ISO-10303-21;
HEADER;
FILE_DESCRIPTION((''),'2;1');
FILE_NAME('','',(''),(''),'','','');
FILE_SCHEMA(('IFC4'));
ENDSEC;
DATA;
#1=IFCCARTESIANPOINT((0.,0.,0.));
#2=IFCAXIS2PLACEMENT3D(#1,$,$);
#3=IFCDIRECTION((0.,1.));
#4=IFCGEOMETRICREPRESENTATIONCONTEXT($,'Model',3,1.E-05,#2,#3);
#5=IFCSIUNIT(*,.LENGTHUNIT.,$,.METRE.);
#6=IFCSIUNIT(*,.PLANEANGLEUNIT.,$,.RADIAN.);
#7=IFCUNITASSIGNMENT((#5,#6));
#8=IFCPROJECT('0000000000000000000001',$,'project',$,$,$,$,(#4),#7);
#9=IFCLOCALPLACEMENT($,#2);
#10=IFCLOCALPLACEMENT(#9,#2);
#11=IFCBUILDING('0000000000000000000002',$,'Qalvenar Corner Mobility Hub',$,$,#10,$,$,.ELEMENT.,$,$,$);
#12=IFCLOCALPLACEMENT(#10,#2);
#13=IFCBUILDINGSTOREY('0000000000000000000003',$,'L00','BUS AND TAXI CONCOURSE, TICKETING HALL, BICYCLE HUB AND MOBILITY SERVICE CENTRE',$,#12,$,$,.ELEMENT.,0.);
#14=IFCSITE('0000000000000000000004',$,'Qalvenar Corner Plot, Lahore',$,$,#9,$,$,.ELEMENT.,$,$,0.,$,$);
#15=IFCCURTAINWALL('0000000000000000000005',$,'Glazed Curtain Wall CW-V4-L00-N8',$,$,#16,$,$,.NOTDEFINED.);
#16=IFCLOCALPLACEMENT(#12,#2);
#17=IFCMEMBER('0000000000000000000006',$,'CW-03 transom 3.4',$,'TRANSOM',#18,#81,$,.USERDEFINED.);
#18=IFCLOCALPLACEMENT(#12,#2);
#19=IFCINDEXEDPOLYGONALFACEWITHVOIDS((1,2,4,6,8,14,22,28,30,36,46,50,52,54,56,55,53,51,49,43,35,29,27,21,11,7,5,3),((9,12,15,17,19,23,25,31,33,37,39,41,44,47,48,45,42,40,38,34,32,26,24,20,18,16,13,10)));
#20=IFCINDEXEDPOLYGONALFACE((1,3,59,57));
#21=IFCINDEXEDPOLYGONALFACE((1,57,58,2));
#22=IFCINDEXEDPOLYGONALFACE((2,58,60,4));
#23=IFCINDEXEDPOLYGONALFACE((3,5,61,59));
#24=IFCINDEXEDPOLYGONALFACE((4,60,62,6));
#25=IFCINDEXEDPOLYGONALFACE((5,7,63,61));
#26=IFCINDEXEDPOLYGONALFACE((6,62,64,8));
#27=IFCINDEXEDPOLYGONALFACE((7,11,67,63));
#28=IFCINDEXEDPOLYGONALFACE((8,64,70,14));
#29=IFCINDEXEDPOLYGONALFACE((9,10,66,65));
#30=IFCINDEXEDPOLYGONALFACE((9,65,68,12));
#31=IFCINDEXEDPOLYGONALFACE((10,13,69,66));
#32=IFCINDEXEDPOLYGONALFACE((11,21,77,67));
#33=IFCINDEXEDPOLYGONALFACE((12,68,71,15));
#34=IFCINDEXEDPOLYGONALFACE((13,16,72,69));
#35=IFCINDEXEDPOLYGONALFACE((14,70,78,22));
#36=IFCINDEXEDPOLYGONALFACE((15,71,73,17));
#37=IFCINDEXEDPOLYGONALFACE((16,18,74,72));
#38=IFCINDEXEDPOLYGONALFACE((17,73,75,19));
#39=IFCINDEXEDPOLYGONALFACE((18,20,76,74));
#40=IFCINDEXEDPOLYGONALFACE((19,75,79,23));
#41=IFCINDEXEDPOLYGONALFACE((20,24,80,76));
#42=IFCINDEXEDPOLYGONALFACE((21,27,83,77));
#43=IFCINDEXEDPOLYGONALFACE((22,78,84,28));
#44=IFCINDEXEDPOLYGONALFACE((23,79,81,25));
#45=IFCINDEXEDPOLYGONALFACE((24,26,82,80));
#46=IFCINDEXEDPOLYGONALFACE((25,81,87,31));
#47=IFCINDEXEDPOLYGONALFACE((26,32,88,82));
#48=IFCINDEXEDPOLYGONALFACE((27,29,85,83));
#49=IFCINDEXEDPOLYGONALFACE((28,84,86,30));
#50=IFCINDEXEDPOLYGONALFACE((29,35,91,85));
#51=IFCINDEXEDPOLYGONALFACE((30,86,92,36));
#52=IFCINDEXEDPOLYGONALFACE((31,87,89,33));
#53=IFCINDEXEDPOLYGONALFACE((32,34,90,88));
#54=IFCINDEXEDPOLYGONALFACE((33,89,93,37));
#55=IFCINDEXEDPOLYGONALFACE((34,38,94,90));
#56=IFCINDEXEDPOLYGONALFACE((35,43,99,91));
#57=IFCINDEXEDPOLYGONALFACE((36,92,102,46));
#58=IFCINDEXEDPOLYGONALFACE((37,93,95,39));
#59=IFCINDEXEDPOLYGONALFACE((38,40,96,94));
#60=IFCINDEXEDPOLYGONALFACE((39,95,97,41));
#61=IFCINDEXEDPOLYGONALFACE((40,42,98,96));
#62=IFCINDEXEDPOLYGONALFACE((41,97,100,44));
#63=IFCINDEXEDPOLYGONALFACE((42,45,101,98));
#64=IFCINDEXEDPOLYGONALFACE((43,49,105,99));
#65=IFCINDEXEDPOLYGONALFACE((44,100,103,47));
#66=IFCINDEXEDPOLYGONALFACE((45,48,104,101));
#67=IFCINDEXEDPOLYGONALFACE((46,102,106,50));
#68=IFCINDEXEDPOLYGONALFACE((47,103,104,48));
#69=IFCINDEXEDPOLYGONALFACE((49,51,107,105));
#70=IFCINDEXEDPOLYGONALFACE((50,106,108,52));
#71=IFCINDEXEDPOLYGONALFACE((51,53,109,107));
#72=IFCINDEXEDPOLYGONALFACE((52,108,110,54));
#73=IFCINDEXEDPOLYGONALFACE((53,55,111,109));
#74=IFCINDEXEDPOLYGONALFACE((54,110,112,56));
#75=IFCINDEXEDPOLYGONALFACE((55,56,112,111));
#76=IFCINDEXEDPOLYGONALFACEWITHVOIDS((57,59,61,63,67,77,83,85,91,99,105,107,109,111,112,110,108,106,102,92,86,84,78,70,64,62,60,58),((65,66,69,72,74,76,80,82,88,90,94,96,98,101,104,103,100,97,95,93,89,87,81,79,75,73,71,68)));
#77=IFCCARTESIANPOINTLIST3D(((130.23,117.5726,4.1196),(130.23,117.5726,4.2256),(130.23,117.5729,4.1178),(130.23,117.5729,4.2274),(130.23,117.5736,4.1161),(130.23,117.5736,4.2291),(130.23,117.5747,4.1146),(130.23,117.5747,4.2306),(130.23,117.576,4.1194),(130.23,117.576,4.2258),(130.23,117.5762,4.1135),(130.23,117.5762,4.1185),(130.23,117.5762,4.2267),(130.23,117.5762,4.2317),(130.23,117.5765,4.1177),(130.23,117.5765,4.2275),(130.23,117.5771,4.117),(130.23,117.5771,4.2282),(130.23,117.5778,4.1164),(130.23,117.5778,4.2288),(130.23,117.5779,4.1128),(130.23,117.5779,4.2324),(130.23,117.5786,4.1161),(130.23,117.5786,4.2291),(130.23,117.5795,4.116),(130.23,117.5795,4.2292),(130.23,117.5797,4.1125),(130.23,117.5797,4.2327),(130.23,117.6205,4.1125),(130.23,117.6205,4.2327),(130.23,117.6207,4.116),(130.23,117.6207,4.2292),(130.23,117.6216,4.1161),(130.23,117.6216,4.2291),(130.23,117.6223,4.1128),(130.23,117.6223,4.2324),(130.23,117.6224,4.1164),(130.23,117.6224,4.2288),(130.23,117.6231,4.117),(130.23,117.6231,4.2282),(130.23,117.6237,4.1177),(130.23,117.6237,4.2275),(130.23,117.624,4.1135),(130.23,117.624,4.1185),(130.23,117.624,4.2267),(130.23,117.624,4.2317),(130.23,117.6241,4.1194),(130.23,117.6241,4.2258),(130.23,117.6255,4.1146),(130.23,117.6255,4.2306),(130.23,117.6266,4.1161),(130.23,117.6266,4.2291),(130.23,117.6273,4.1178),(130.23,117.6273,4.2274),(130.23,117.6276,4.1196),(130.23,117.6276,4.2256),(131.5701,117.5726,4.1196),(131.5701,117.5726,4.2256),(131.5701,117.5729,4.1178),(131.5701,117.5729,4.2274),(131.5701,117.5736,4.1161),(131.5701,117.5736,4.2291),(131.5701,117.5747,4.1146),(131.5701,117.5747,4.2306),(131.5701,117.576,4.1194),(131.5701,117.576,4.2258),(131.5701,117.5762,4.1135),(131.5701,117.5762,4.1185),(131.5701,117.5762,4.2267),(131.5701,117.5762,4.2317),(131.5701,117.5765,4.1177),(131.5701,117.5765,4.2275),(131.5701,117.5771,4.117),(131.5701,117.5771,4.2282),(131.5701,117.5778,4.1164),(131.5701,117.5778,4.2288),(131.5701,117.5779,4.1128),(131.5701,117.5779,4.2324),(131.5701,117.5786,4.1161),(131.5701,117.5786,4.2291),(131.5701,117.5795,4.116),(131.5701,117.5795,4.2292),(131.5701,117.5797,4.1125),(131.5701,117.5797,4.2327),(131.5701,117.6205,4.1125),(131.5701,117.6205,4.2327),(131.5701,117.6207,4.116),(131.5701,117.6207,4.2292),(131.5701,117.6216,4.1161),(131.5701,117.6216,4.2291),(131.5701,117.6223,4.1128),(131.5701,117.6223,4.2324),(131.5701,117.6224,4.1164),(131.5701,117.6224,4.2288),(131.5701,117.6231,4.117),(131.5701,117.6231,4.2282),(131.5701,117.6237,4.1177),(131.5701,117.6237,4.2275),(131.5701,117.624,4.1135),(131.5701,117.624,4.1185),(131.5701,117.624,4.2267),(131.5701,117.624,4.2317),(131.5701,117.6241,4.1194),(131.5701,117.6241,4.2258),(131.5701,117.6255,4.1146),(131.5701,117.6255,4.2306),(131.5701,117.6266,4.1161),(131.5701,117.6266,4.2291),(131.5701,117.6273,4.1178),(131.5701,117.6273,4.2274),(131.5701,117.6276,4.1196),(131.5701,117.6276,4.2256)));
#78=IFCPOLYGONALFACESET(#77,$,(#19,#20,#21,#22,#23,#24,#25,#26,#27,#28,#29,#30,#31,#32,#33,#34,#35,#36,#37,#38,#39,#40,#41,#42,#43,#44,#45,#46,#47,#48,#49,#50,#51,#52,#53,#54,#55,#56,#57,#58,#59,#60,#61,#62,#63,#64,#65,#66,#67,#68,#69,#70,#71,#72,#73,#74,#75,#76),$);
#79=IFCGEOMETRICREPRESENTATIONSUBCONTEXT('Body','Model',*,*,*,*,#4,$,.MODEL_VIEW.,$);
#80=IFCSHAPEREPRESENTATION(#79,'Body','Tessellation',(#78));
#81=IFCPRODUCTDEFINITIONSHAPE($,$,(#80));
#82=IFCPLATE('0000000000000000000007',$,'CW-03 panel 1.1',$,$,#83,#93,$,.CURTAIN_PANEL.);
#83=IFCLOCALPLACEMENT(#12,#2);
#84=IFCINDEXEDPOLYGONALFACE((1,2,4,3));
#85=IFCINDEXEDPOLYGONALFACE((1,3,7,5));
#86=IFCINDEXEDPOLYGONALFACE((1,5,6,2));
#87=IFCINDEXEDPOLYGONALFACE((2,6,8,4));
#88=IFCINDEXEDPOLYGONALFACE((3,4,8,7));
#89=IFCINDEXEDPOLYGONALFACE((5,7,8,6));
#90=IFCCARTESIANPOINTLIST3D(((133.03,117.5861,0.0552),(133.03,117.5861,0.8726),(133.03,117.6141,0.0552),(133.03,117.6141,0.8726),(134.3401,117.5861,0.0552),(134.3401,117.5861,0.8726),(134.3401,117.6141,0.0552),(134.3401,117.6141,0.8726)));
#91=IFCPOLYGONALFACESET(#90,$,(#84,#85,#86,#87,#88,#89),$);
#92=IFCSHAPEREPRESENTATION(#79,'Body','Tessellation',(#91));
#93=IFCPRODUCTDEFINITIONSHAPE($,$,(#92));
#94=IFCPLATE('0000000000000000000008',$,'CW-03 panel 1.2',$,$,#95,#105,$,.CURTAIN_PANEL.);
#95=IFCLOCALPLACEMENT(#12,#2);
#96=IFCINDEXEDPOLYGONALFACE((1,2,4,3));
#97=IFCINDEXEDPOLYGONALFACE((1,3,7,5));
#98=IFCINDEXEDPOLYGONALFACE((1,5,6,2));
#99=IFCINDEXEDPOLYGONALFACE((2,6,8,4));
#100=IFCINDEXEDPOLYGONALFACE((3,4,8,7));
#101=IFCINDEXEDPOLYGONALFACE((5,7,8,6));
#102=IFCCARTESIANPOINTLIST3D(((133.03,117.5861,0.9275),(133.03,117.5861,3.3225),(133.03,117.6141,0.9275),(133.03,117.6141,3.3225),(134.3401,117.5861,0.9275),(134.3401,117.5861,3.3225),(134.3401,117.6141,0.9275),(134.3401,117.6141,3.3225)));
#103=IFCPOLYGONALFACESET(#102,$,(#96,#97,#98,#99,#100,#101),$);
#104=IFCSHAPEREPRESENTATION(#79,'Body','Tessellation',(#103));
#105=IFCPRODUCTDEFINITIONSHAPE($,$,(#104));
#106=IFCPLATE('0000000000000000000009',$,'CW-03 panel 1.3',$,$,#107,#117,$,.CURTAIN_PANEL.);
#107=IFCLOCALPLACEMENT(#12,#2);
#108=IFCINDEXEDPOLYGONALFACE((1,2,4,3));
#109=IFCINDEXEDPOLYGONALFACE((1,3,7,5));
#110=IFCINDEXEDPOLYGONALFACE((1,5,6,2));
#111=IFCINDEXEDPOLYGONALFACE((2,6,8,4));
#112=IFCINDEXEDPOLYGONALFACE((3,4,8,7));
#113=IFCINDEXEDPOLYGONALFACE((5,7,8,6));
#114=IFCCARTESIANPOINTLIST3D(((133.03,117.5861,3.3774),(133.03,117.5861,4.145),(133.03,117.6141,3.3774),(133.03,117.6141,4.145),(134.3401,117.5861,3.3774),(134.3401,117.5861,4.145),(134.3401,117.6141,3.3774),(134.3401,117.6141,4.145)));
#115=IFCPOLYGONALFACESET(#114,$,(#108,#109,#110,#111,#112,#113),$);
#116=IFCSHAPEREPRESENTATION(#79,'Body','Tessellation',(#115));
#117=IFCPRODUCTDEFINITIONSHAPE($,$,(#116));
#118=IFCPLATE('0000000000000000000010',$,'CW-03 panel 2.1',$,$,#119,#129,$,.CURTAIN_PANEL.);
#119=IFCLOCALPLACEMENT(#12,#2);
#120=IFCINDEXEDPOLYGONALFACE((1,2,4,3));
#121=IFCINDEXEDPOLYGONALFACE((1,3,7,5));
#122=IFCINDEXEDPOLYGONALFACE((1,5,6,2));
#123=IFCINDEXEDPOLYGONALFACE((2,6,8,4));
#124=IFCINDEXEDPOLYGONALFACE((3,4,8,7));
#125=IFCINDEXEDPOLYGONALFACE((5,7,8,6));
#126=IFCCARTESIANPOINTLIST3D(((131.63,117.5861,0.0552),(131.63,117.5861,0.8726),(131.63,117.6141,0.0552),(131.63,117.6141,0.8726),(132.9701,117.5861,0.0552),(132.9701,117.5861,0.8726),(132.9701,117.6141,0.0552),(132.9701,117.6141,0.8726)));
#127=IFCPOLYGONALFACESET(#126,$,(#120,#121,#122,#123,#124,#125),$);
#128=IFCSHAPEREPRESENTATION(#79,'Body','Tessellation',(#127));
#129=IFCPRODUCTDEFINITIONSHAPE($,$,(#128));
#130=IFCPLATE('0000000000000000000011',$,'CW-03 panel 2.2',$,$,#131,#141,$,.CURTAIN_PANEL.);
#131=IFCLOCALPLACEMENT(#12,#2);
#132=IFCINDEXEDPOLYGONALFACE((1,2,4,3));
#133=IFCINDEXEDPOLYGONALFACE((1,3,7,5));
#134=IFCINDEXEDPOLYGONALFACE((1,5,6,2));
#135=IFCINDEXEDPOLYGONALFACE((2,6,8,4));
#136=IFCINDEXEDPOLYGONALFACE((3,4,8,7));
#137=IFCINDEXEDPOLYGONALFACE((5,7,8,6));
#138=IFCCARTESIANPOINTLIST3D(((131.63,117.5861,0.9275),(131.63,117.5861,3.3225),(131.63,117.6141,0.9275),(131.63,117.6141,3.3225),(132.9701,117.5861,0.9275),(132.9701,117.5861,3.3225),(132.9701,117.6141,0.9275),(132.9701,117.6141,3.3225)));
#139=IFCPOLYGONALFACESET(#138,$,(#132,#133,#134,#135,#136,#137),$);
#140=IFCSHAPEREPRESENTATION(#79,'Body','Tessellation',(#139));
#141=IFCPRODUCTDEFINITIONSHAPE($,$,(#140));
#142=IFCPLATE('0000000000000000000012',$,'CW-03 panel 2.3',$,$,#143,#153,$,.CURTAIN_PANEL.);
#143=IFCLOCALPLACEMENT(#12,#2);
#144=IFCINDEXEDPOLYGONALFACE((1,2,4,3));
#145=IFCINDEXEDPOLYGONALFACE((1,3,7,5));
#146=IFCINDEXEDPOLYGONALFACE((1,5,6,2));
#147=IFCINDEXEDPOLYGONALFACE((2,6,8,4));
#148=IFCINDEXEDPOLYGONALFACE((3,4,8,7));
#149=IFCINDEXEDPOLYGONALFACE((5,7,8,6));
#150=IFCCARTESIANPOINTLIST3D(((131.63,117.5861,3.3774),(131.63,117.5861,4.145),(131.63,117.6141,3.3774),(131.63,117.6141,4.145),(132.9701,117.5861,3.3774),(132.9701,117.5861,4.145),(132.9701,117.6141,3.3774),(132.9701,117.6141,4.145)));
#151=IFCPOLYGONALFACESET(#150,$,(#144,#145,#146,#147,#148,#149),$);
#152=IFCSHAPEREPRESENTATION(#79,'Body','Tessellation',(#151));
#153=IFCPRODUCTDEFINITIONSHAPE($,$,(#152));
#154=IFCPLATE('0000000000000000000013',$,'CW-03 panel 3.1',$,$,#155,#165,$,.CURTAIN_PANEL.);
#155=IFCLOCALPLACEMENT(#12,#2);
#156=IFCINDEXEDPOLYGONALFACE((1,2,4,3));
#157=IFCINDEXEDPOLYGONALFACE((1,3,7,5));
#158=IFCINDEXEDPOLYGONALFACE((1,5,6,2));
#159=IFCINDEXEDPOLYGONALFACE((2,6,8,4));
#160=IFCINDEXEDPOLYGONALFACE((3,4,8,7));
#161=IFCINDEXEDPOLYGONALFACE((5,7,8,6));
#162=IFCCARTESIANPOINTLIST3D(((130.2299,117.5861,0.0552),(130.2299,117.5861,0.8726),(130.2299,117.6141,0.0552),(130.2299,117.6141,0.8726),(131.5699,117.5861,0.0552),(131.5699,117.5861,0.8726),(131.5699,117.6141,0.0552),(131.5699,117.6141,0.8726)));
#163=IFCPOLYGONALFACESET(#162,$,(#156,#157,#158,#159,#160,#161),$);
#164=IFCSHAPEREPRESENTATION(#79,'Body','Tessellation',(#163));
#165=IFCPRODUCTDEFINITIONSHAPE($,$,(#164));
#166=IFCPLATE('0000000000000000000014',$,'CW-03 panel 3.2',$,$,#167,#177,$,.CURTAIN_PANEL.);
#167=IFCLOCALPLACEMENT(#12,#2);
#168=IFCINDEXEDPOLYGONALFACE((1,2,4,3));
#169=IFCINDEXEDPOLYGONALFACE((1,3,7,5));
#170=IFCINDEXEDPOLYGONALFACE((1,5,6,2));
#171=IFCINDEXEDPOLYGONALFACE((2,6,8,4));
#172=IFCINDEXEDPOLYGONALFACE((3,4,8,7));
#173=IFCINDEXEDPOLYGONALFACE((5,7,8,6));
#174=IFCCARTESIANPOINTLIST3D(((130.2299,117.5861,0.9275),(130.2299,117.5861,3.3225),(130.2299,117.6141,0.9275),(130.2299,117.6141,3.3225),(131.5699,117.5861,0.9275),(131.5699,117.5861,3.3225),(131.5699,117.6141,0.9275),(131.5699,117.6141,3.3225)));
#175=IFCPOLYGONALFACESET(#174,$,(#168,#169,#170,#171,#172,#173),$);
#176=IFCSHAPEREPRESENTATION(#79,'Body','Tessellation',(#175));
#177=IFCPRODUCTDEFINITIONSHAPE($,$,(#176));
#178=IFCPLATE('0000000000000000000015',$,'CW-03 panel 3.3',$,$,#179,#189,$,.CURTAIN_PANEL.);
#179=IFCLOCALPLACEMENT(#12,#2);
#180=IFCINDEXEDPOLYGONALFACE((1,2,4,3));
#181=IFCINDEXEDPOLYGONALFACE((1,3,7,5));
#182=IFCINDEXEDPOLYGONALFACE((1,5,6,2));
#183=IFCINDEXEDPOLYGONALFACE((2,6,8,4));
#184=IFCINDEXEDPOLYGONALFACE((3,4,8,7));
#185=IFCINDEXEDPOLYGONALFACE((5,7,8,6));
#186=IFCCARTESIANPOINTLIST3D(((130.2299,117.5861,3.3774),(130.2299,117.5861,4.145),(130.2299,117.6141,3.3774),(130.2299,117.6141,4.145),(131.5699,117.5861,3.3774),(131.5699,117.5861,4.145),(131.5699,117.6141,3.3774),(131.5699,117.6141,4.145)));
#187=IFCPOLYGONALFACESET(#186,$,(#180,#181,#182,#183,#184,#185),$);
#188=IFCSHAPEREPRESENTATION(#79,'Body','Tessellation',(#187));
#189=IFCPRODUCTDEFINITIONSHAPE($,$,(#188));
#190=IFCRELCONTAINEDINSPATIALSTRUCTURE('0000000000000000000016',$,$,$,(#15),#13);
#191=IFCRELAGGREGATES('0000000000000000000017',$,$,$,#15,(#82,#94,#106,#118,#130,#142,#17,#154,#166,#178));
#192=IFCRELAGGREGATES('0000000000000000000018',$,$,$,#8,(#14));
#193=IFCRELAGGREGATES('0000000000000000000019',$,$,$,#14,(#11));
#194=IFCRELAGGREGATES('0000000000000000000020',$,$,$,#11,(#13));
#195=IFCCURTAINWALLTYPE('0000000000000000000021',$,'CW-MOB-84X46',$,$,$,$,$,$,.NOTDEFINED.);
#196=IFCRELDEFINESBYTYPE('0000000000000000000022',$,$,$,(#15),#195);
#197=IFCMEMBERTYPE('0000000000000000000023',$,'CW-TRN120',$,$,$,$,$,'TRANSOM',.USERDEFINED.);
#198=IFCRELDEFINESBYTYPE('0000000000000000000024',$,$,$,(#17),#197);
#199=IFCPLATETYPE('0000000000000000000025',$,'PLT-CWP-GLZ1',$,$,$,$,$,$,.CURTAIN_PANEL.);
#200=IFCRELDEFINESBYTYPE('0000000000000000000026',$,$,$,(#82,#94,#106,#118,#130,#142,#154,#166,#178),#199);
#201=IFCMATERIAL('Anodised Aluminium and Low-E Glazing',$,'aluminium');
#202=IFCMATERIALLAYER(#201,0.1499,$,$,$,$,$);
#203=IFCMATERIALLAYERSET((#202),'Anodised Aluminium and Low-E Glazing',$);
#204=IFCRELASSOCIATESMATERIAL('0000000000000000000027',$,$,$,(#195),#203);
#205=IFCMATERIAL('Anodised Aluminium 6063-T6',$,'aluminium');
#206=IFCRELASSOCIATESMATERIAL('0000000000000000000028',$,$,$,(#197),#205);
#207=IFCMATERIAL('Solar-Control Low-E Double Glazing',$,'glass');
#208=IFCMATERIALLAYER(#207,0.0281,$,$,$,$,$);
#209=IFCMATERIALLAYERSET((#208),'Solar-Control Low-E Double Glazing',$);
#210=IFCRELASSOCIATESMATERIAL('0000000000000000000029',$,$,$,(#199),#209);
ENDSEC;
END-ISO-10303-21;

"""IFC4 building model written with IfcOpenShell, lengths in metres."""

from ifc_helpers import new_model, si_unit, direction, frame, origin, origin_2d, place, context, subcontext, project, spatial, rectangle, hollow_rectangle, extrude, material, layer, layer_set, material_profile, profile_set, type_object, element, aggregate, save


model = new_model("IFC4")

# Units and contexts
model_context = context("Model", 3, precision=1e-05, world=origin(), true_north=direction((0.0, 1.0)))
body_context = subcontext(model_context, "Body", "Model", "MODEL_VIEW")
ifc_project = project(units=[si_unit("LENGTHUNIT", "METRE"), si_unit("PLANEANGLEUNIT", "RADIAN")], contexts=[model_context])

# Site, building, storey
site_placement = place(None, origin())
site = spatial("IfcSite", under=ifc_project, at=site_placement, Name="Qalvenar Corner Plot, Lahore", CompositionType="ELEMENT", RefElevation=0.0)
building_placement = place(site_placement, origin())
building = spatial("IfcBuilding", under=site, at=building_placement, Name="Qalvenar Corner Mobility Hub", CompositionType="ELEMENT")
storey_placement = place(building_placement, origin())
storey = spatial("IfcBuildingStorey", under=building, at=storey_placement, Name="L00", Description="BUS AND TAXI CONCOURSE, TICKETING HALL, BICYCLE HUB AND MOBILITY SERVICE CENTRE", CompositionType="ELEMENT", Elevation=0.0)

# Curtain wall, member, plates
ifc_material_1 = material(Name="Anodised Aluminium and Low-E Glazing", Category="aluminium")
ifc_layer_1 = layer(ifc_material_1, 0.1499)
ifc_layer_set_1 = layer_set([ifc_layer_1], Name="Anodised Aluminium and Low-E Glazing")
curtain_wall_type = type_object("IfcCurtainWallType", Name="CW-MOB-84X46", PredefinedType="NOTDEFINED", material=ifc_layer_set_1)
curtain_wall_placement = place(storey_placement, origin())
curtain_wall = element("IfcCurtainWall", 1, at=curtain_wall_placement, inside=storey, type_object=curtain_wall_type, Name="Glazed Curtain Wall CW-V4-L00-N8", PredefinedType="NOTDEFINED")
ifc_material_2 = material(Name="Anodised Aluminium 6063-T6", Category="aluminium")
ifc_material_profile_1 = material_profile(ifc_material_2, hollow_rectangle(XDim=0.0549, YDim=0.1201, WallThickness=0.0034, InnerFilletRadius=0.0034, OuterFilletRadius=0.0071, at=origin_2d()), Name="RHS120x55x3.5")
ifc_profile_set_1 = profile_set([ifc_material_profile_1], Name="Anodised Aluminium 6063-T6")
member_type_1 = type_object("IfcMemberType", Name="CW-TRN120", ElementType="TRANSOM", PredefinedType="USERDEFINED", material=ifc_profile_set_1)
member_1_placement = place(storey_placement, frame((131.5701, 117.6001, 4.1726), z_axis=(-1.0, 0.0, 0.0), x_axis=(0.0, -1.0, 0.0)))
member_1 = element("IfcMember", 2, at=member_1_placement, type_object=member_type_1, Name="CW-03 transom 3.4", ObjectType="TRANSOM", PredefinedType="USERDEFINED", context=body_context, shape_type="SweptSolid", body=[
    extrude(hollow_rectangle(XDim=0.0549, YDim=0.1201, WallThickness=0.0034, InnerFilletRadius=0.0034, OuterFilletRadius=0.0071, at=origin_2d()), origin(), (0.0, 0.0, 1.0), 1.3401),
])
ifc_material_3 = material(Name="Solar-Control Low-E Double Glazing", Category="glass")
ifc_layer_2 = layer(ifc_material_3, 0.0281)
ifc_layer_set_2 = layer_set([ifc_layer_2], Name="Solar-Control Low-E Double Glazing")
plate_type = type_object("IfcPlateType", Name="PLT-CWP-GLZ1", PredefinedType="CURTAIN_PANEL", material=ifc_layer_set_2)
plate_1_placement = place(storey_placement, frame((133.6851, 117.6001, 0.0552), z_axis=(0.0, 0.0, 1.0), x_axis=(-1.0, 0.0, 0.0)))
plate_1 = element("IfcPlate", 3, at=plate_1_placement, type_object=plate_type, Name="CW-03 panel 1.1", PredefinedType="CURTAIN_PANEL", context=body_context, shape_type="SweptSolid", body=[
    extrude(rectangle(XDim=1.3101, YDim=0.0281, at=origin_2d()), origin(), (0.0, 0.0, 1.0), 0.8174),
])
plate_2_placement = place(storey_placement, frame((133.6851, 117.6001, 0.9275), z_axis=(0.0, 0.0, 1.0), x_axis=(-1.0, 0.0, 0.0)))
plate_2 = element("IfcPlate", 4, at=plate_2_placement, type_object=plate_type, Name="CW-03 panel 1.2", PredefinedType="CURTAIN_PANEL", context=body_context, shape_type="SweptSolid", body=[
    extrude(rectangle(XDim=1.3101, YDim=0.0281, at=origin_2d()), origin(), (0.0, 0.0, 1.0), 2.395),
])
plate_3_placement = place(storey_placement, frame((133.6851, 117.6001, 3.3774), z_axis=(0.0, 0.0, 1.0), x_axis=(-1.0, 0.0, 0.0)))
plate_3 = element("IfcPlate", 5, at=plate_3_placement, type_object=plate_type, Name="CW-03 panel 1.3", PredefinedType="CURTAIN_PANEL", context=body_context, shape_type="SweptSolid", body=[
    extrude(rectangle(XDim=1.3101, YDim=0.0281, at=origin_2d()), origin(), (0.0, 0.0, 1.0), 0.7676),
])
plate_4_placement = place(storey_placement, frame((132.3, 117.6001, 0.0552), z_axis=(0.0, 0.0, 1.0), x_axis=(-1.0, 0.0, 0.0)))
plate_4 = element("IfcPlate", 6, at=plate_4_placement, type_object=plate_type, Name="CW-03 panel 2.1", PredefinedType="CURTAIN_PANEL", context=body_context, shape_type="SweptSolid", body=[
    extrude(rectangle(XDim=1.3401, YDim=0.0281, at=origin_2d()), origin(), (0.0, 0.0, 1.0), 0.8174),
])
plate_5_placement = place(storey_placement, frame((132.3, 117.6001, 0.9275), z_axis=(0.0, 0.0, 1.0), x_axis=(-1.0, 0.0, 0.0)))
plate_5 = element("IfcPlate", 7, at=plate_5_placement, type_object=plate_type, Name="CW-03 panel 2.2", PredefinedType="CURTAIN_PANEL", context=body_context, shape_type="SweptSolid", body=[
    extrude(rectangle(XDim=1.3401, YDim=0.0281, at=origin_2d()), origin(), (0.0, 0.0, 1.0), 2.395),
])
plate_6_placement = place(storey_placement, frame((132.3, 117.6001, 3.3774), z_axis=(0.0, 0.0, 1.0), x_axis=(-1.0, 0.0, 0.0)))
plate_6 = element("IfcPlate", 8, at=plate_6_placement, type_object=plate_type, Name="CW-03 panel 2.3", PredefinedType="CURTAIN_PANEL", context=body_context, shape_type="SweptSolid", body=[
    extrude(rectangle(XDim=1.3401, YDim=0.0281, at=origin_2d()), origin(), (0.0, 0.0, 1.0), 0.7676),
])
plate_7_placement = place(storey_placement, frame((130.8999, 117.6001, 0.0552), z_axis=(0.0, 0.0, 1.0), x_axis=(-1.0, 0.0, 0.0)))
plate_7 = element("IfcPlate", 9, at=plate_7_placement, type_object=plate_type, Name="CW-03 panel 3.1", PredefinedType="CURTAIN_PANEL", context=body_context, shape_type="SweptSolid", body=[
    extrude(rectangle(XDim=1.3401, YDim=0.0281, at=origin_2d()), origin(), (0.0, 0.0, 1.0), 0.8174),
])
plate_8_placement = place(storey_placement, frame((130.8999, 117.6001, 0.9275), z_axis=(0.0, 0.0, 1.0), x_axis=(-1.0, 0.0, 0.0)))
plate_8 = element("IfcPlate", 10, at=plate_8_placement, type_object=plate_type, Name="CW-03 panel 3.2", PredefinedType="CURTAIN_PANEL", context=body_context, shape_type="SweptSolid", body=[
    extrude(rectangle(XDim=1.3401, YDim=0.0281, at=origin_2d()), origin(), (0.0, 0.0, 1.0), 2.395),
])
plate_9_placement = place(storey_placement, frame((130.8999, 117.6001, 3.3774), z_axis=(0.0, 0.0, 1.0), x_axis=(-1.0, 0.0, 0.0)))
plate_9 = element("IfcPlate", 11, at=plate_9_placement, type_object=plate_type, Name="CW-03 panel 3.3", PredefinedType="CURTAIN_PANEL", context=body_context, shape_type="SweptSolid", body=[
    extrude(rectangle(XDim=1.3401, YDim=0.0281, at=origin_2d()), origin(), (0.0, 0.0, 1.0), 0.7676),
])
aggregate(curtain_wall, [plate_1, plate_2, plate_3, plate_4, plate_5, plate_6, member_1, plate_7, plate_8, plate_9])

save(model, "model.ifc")
